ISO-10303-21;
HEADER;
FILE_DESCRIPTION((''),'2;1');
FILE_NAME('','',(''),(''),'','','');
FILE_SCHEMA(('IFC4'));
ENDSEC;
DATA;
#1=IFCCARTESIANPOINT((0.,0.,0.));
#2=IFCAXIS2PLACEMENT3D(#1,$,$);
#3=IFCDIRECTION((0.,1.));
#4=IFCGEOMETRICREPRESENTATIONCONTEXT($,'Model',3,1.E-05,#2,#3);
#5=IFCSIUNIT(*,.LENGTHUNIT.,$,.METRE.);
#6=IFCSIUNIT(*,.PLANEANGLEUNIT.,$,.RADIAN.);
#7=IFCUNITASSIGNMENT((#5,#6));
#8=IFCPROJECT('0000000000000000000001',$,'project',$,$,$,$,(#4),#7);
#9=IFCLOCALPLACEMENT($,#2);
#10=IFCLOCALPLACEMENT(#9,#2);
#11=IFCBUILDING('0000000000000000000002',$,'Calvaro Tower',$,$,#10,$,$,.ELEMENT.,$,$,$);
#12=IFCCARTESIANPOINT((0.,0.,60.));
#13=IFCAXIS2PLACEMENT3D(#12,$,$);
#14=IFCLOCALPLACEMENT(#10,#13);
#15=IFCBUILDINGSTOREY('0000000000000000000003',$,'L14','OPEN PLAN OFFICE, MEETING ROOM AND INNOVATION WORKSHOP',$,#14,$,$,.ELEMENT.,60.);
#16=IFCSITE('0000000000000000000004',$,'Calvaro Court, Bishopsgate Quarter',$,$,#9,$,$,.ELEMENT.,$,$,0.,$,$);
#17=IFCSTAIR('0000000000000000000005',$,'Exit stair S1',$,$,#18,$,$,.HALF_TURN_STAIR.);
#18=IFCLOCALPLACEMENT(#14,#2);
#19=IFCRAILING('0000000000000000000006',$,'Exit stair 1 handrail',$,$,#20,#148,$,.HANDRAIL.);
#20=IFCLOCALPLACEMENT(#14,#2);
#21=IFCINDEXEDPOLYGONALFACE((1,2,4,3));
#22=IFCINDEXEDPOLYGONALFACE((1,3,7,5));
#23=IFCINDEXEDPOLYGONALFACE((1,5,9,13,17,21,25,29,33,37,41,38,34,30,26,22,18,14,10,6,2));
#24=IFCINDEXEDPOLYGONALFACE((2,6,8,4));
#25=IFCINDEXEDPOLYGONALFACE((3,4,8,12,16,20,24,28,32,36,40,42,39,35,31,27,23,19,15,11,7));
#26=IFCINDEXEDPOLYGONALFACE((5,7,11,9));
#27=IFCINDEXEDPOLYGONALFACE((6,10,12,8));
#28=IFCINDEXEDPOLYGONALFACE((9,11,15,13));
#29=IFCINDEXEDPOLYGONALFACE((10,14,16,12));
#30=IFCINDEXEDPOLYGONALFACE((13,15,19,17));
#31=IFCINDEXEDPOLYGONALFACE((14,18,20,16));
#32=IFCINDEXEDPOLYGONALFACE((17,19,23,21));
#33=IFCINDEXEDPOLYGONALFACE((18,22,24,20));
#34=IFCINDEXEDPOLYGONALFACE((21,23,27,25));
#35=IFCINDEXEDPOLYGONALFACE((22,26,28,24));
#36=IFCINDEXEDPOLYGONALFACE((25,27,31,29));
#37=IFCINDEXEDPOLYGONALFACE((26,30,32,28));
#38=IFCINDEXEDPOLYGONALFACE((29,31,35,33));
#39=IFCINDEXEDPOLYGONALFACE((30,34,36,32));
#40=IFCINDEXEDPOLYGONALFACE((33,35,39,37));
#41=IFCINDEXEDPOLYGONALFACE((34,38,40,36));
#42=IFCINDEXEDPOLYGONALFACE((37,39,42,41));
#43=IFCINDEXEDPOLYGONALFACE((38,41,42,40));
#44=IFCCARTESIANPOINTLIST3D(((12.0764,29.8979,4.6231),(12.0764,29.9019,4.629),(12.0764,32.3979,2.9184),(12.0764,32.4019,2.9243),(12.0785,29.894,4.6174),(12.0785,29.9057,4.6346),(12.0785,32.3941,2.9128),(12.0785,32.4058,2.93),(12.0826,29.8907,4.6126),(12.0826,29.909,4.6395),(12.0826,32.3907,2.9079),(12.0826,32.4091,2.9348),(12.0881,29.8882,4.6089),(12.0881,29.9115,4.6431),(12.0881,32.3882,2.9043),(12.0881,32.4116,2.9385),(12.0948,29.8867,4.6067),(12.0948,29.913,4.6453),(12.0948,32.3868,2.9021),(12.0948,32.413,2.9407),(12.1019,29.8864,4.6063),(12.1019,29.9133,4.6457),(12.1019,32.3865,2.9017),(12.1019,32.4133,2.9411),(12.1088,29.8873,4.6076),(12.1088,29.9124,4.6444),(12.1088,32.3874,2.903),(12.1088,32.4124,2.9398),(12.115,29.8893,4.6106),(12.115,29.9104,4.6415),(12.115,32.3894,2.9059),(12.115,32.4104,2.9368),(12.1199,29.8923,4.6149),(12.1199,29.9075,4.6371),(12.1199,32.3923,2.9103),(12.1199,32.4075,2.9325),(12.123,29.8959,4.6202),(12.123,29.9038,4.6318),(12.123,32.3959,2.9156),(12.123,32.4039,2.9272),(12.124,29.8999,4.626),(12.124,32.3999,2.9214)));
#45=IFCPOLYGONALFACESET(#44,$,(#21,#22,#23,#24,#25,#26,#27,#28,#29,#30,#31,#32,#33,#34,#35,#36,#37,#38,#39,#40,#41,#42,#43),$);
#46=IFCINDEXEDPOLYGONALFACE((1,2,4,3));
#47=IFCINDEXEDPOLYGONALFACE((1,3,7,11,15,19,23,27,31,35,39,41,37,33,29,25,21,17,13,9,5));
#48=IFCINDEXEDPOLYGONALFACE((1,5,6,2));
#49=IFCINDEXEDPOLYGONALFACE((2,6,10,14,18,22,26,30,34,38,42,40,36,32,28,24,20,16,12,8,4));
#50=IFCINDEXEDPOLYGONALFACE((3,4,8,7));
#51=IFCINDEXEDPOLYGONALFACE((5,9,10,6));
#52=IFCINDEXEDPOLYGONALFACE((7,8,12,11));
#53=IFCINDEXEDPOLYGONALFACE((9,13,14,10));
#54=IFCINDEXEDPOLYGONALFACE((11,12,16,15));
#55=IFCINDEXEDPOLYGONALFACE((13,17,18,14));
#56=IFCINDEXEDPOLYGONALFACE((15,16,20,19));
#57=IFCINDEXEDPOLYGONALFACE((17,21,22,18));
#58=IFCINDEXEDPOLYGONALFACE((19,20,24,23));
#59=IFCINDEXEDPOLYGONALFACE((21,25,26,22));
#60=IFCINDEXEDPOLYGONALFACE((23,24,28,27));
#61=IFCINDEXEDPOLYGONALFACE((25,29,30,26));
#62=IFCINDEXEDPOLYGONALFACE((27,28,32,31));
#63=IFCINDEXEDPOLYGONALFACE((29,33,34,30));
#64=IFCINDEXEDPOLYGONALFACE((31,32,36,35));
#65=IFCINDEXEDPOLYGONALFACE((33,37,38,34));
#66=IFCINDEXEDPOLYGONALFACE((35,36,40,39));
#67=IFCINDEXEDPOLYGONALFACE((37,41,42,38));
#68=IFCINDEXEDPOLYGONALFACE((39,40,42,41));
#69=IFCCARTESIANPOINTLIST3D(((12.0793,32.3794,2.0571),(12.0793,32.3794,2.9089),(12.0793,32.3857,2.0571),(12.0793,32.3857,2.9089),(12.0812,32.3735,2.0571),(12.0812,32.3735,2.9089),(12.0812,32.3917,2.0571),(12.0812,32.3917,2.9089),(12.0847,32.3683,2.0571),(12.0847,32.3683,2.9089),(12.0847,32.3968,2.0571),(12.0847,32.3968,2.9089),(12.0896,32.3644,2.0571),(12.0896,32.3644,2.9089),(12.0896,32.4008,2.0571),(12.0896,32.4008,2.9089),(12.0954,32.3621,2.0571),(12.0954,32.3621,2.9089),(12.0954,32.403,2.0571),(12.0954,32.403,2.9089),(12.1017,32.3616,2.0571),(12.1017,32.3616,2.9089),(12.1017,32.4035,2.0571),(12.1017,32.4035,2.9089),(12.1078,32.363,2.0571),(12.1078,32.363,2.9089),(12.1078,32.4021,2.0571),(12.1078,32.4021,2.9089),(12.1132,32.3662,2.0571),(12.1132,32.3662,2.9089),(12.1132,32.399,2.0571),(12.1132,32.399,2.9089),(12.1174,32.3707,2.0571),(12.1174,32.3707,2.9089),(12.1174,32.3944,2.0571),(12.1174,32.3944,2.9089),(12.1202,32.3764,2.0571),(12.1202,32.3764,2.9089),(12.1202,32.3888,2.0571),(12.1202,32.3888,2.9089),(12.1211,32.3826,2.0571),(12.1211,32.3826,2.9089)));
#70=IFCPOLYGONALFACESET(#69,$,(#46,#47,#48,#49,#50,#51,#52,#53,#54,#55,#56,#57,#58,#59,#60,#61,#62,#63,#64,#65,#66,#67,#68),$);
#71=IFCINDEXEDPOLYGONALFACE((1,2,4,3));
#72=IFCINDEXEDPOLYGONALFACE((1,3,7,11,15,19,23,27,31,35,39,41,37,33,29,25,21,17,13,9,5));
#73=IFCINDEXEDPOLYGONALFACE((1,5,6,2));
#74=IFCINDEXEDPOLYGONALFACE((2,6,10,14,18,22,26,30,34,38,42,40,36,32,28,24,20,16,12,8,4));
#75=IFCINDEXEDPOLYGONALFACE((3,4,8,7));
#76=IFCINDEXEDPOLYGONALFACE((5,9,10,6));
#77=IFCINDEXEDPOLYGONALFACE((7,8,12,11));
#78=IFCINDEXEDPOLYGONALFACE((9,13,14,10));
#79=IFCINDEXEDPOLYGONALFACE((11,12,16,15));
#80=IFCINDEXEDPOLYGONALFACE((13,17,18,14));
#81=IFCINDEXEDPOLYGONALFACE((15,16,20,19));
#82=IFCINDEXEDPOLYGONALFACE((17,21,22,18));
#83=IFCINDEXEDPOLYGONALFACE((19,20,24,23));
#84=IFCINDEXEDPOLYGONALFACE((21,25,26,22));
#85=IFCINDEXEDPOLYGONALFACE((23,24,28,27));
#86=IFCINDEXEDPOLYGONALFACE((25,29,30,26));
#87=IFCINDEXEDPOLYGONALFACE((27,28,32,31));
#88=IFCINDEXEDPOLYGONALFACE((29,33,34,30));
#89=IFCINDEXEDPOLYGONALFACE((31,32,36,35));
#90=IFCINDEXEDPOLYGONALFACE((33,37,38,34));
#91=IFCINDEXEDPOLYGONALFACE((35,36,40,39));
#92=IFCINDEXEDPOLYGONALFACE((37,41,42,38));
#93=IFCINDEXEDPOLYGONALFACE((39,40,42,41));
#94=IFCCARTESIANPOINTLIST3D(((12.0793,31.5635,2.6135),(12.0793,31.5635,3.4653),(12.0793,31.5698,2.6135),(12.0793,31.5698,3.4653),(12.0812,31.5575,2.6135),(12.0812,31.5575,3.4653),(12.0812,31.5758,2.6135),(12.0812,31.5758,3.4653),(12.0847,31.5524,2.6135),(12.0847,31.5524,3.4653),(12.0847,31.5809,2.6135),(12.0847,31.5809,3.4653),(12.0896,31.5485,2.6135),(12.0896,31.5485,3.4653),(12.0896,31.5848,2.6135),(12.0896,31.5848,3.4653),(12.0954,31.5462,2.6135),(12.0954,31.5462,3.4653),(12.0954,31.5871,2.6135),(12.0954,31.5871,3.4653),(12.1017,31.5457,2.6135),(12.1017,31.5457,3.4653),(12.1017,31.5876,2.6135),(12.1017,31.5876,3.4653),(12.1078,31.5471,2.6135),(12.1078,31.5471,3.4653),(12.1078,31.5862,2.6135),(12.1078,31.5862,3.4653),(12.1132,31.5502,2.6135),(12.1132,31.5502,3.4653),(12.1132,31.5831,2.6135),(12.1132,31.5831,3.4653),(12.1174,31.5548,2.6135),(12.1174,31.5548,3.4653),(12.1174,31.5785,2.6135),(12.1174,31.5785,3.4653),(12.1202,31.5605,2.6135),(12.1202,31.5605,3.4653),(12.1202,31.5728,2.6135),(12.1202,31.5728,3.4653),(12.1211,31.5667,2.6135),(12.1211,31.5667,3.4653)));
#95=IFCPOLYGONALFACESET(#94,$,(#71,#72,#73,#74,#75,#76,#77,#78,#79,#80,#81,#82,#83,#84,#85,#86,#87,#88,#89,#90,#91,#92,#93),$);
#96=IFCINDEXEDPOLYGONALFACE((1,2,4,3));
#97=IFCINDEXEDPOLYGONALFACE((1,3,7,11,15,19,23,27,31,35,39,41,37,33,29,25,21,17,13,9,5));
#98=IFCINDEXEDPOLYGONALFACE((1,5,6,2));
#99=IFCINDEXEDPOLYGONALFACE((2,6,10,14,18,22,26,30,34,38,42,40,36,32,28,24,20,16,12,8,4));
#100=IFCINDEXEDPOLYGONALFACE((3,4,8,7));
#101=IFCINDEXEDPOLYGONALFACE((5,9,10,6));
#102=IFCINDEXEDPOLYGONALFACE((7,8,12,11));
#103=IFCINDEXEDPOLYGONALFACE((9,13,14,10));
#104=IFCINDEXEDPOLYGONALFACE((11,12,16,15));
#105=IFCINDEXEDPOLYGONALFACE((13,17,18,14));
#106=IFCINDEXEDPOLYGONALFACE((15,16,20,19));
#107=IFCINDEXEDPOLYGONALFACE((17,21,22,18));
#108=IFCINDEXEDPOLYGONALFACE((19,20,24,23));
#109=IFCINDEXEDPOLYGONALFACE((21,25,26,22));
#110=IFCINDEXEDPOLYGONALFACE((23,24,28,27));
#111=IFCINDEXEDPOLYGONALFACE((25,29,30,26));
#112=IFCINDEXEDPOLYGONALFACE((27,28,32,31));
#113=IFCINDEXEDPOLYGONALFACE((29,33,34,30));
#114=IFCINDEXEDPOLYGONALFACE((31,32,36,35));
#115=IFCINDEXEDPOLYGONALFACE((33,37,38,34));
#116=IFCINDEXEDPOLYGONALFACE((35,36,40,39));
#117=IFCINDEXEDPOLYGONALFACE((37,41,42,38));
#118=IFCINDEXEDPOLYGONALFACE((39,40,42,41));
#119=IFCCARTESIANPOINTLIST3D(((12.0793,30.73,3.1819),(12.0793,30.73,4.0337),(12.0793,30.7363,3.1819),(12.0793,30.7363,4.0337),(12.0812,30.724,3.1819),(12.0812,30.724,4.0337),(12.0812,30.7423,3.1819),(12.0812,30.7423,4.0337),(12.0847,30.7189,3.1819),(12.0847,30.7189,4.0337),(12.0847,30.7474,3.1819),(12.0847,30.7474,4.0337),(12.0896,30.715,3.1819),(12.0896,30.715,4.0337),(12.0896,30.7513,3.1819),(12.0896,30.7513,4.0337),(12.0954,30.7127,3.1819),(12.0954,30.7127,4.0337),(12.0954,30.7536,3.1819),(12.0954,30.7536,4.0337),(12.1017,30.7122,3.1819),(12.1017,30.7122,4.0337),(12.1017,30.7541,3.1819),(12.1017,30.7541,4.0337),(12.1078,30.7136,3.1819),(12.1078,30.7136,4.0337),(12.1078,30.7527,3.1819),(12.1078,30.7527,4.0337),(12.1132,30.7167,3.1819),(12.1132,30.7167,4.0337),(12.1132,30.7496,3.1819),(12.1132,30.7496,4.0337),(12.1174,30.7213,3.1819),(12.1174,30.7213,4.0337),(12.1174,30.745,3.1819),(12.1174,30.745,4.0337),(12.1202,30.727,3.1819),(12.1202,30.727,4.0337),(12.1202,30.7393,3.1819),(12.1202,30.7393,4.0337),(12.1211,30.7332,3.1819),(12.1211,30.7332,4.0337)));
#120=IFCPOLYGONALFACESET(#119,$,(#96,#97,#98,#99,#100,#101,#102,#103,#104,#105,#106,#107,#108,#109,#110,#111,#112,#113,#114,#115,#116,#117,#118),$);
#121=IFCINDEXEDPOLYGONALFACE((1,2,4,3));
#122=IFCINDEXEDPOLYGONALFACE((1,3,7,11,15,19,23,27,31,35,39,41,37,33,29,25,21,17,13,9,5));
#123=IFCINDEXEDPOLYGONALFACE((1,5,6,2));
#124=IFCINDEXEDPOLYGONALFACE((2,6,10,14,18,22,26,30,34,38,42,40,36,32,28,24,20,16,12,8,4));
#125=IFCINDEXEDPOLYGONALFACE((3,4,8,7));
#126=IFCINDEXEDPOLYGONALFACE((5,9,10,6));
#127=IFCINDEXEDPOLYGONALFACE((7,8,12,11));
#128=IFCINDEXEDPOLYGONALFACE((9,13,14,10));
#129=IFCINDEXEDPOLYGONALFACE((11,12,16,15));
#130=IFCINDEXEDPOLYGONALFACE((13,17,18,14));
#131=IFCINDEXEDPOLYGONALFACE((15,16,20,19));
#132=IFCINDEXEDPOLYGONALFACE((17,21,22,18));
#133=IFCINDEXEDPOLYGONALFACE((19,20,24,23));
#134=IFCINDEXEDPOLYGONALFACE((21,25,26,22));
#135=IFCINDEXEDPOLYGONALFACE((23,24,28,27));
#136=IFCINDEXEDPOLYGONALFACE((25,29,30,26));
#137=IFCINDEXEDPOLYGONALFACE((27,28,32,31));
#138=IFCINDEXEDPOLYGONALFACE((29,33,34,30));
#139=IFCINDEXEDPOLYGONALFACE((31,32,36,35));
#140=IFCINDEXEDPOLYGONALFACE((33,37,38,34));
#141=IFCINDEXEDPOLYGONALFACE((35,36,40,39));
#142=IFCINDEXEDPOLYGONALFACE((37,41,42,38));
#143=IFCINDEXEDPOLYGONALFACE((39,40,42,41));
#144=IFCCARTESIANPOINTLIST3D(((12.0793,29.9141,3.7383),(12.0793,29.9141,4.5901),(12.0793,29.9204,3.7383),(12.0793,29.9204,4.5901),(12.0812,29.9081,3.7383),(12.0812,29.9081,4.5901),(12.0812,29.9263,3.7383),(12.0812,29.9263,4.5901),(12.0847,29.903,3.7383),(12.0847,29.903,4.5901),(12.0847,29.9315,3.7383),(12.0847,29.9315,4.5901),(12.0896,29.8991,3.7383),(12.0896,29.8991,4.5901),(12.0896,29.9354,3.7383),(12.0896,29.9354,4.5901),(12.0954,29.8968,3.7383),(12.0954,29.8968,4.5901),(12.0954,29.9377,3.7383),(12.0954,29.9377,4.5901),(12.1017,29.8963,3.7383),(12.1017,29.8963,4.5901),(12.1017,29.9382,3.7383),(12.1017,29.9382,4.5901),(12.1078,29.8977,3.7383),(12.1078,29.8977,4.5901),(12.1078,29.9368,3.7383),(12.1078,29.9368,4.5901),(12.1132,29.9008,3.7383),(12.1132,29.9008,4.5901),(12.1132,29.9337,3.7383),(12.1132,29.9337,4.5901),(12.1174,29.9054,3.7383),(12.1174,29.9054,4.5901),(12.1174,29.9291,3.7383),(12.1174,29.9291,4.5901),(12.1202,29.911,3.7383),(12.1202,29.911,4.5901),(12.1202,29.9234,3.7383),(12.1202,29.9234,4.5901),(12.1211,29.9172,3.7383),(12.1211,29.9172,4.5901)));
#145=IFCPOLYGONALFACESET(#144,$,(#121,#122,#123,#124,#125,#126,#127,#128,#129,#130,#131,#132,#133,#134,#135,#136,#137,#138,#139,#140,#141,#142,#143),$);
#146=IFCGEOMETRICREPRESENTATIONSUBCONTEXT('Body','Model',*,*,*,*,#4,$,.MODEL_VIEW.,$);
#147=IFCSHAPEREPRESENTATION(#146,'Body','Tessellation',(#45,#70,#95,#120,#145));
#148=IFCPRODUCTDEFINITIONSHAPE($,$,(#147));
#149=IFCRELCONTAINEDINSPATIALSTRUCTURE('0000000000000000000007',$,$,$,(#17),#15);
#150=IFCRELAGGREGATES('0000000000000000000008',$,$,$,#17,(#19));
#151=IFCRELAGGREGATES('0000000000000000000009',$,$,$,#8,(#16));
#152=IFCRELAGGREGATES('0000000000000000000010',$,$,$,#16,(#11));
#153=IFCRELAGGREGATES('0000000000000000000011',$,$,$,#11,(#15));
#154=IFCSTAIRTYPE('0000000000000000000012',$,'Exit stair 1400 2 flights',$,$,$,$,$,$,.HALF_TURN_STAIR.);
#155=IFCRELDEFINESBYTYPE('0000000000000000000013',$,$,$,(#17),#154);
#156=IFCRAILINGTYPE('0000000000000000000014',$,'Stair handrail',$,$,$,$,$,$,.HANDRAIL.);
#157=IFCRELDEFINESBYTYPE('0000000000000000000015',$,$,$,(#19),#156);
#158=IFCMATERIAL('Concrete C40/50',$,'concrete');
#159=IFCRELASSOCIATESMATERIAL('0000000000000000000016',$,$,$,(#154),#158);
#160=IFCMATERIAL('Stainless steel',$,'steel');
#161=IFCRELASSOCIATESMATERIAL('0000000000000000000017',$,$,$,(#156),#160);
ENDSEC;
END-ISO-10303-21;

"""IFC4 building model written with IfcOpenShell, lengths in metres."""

from ifc_helpers import new_model, si_unit, direction, frame, origin, origin_2d, place, context, subcontext, project, spatial, circle, extrude, material, type_object, element, aggregate, save


model = new_model("IFC4")

# Units and contexts
model_context = context("Model", 3, precision=1e-05, world=origin(), true_north=direction((0.0, 1.0)))
body_context = subcontext(model_context, "Body", "Model", "MODEL_VIEW")
ifc_project = project(units=[si_unit("LENGTHUNIT", "METRE"), si_unit("PLANEANGLEUNIT", "RADIAN")], contexts=[model_context])

# Site, building, storey
site_placement = place(None, origin())
site = spatial("IfcSite", under=ifc_project, at=site_placement, Name="Calvaro Court, Bishopsgate Quarter", CompositionType="ELEMENT", RefElevation=0.0)
building_placement = place(site_placement, origin())
building = spatial("IfcBuilding", under=site, at=building_placement, Name="Calvaro Tower", CompositionType="ELEMENT")
storey_placement = place(building_placement, frame((0.0, 0.0, 60.0)))
storey = spatial("IfcBuildingStorey", under=building, at=storey_placement, Name="L14", Description="OPEN PLAN OFFICE, MEETING ROOM AND INNOVATION WORKSHOP", CompositionType="ELEMENT", Elevation=60.0)

# Stair, railing
ifc_material_1 = material(Name="Concrete C40/50", Category="concrete")
stair_type = type_object("IfcStairType", Name="Exit stair 1400 2 flights", PredefinedType="HALF_TURN_STAIR", material=ifc_material_1)
stair_placement = place(storey_placement, origin())
stair = element("IfcStair", 1, at=stair_placement, inside=storey, type_object=stair_type, Name="Exit stair S1", PredefinedType="HALF_TURN_STAIR")
ifc_material_2 = material(Name="Stainless steel", Category="steel")
railing_type = type_object("IfcRailingType", Name="Stair handrail", PredefinedType="HANDRAIL", material=ifc_material_2)
railing_1_placement = place(storey_placement, frame((12.1001, 32.3999, 2.0454)))
railing_1 = element("IfcRailing", 2, at=railing_1_placement, type_object=railing_type, Name="Exit stair 1 handrail", PredefinedType="HANDRAIL", context=body_context, shape_type="SweptSolid", body=[
    extrude(circle(Radius=0.0239, at=origin_2d()), frame((0.0, 0.0, 0.876), z_axis=(0.0, -0.826221, 0.563347), x_axis=(1.0, 0.0, 0.0)), (0.0, 0.0, 1.0), 3.0259),
    extrude(circle(Radius=0.021, at=origin_2d()), frame((0.0, -0.0173, 0.0117)), (0.0, 0.0, 1.0), 0.8518),
    extrude(circle(Radius=0.021, at=origin_2d()), frame((0.0, -0.8333, 0.5681)), (0.0, 0.0, 1.0), 0.8518),
    extrude(circle(Radius=0.021, at=origin_2d()), frame((0.0, -1.6667, 1.1365)), (0.0, 0.0, 1.0), 0.8518),
    extrude(circle(Radius=0.021, at=origin_2d()), frame((0.0, -2.4827, 1.6929)), (0.0, 0.0, 1.0), 0.8518),
])
aggregate(stair, [railing_1])

save(model, "model.ifc")
